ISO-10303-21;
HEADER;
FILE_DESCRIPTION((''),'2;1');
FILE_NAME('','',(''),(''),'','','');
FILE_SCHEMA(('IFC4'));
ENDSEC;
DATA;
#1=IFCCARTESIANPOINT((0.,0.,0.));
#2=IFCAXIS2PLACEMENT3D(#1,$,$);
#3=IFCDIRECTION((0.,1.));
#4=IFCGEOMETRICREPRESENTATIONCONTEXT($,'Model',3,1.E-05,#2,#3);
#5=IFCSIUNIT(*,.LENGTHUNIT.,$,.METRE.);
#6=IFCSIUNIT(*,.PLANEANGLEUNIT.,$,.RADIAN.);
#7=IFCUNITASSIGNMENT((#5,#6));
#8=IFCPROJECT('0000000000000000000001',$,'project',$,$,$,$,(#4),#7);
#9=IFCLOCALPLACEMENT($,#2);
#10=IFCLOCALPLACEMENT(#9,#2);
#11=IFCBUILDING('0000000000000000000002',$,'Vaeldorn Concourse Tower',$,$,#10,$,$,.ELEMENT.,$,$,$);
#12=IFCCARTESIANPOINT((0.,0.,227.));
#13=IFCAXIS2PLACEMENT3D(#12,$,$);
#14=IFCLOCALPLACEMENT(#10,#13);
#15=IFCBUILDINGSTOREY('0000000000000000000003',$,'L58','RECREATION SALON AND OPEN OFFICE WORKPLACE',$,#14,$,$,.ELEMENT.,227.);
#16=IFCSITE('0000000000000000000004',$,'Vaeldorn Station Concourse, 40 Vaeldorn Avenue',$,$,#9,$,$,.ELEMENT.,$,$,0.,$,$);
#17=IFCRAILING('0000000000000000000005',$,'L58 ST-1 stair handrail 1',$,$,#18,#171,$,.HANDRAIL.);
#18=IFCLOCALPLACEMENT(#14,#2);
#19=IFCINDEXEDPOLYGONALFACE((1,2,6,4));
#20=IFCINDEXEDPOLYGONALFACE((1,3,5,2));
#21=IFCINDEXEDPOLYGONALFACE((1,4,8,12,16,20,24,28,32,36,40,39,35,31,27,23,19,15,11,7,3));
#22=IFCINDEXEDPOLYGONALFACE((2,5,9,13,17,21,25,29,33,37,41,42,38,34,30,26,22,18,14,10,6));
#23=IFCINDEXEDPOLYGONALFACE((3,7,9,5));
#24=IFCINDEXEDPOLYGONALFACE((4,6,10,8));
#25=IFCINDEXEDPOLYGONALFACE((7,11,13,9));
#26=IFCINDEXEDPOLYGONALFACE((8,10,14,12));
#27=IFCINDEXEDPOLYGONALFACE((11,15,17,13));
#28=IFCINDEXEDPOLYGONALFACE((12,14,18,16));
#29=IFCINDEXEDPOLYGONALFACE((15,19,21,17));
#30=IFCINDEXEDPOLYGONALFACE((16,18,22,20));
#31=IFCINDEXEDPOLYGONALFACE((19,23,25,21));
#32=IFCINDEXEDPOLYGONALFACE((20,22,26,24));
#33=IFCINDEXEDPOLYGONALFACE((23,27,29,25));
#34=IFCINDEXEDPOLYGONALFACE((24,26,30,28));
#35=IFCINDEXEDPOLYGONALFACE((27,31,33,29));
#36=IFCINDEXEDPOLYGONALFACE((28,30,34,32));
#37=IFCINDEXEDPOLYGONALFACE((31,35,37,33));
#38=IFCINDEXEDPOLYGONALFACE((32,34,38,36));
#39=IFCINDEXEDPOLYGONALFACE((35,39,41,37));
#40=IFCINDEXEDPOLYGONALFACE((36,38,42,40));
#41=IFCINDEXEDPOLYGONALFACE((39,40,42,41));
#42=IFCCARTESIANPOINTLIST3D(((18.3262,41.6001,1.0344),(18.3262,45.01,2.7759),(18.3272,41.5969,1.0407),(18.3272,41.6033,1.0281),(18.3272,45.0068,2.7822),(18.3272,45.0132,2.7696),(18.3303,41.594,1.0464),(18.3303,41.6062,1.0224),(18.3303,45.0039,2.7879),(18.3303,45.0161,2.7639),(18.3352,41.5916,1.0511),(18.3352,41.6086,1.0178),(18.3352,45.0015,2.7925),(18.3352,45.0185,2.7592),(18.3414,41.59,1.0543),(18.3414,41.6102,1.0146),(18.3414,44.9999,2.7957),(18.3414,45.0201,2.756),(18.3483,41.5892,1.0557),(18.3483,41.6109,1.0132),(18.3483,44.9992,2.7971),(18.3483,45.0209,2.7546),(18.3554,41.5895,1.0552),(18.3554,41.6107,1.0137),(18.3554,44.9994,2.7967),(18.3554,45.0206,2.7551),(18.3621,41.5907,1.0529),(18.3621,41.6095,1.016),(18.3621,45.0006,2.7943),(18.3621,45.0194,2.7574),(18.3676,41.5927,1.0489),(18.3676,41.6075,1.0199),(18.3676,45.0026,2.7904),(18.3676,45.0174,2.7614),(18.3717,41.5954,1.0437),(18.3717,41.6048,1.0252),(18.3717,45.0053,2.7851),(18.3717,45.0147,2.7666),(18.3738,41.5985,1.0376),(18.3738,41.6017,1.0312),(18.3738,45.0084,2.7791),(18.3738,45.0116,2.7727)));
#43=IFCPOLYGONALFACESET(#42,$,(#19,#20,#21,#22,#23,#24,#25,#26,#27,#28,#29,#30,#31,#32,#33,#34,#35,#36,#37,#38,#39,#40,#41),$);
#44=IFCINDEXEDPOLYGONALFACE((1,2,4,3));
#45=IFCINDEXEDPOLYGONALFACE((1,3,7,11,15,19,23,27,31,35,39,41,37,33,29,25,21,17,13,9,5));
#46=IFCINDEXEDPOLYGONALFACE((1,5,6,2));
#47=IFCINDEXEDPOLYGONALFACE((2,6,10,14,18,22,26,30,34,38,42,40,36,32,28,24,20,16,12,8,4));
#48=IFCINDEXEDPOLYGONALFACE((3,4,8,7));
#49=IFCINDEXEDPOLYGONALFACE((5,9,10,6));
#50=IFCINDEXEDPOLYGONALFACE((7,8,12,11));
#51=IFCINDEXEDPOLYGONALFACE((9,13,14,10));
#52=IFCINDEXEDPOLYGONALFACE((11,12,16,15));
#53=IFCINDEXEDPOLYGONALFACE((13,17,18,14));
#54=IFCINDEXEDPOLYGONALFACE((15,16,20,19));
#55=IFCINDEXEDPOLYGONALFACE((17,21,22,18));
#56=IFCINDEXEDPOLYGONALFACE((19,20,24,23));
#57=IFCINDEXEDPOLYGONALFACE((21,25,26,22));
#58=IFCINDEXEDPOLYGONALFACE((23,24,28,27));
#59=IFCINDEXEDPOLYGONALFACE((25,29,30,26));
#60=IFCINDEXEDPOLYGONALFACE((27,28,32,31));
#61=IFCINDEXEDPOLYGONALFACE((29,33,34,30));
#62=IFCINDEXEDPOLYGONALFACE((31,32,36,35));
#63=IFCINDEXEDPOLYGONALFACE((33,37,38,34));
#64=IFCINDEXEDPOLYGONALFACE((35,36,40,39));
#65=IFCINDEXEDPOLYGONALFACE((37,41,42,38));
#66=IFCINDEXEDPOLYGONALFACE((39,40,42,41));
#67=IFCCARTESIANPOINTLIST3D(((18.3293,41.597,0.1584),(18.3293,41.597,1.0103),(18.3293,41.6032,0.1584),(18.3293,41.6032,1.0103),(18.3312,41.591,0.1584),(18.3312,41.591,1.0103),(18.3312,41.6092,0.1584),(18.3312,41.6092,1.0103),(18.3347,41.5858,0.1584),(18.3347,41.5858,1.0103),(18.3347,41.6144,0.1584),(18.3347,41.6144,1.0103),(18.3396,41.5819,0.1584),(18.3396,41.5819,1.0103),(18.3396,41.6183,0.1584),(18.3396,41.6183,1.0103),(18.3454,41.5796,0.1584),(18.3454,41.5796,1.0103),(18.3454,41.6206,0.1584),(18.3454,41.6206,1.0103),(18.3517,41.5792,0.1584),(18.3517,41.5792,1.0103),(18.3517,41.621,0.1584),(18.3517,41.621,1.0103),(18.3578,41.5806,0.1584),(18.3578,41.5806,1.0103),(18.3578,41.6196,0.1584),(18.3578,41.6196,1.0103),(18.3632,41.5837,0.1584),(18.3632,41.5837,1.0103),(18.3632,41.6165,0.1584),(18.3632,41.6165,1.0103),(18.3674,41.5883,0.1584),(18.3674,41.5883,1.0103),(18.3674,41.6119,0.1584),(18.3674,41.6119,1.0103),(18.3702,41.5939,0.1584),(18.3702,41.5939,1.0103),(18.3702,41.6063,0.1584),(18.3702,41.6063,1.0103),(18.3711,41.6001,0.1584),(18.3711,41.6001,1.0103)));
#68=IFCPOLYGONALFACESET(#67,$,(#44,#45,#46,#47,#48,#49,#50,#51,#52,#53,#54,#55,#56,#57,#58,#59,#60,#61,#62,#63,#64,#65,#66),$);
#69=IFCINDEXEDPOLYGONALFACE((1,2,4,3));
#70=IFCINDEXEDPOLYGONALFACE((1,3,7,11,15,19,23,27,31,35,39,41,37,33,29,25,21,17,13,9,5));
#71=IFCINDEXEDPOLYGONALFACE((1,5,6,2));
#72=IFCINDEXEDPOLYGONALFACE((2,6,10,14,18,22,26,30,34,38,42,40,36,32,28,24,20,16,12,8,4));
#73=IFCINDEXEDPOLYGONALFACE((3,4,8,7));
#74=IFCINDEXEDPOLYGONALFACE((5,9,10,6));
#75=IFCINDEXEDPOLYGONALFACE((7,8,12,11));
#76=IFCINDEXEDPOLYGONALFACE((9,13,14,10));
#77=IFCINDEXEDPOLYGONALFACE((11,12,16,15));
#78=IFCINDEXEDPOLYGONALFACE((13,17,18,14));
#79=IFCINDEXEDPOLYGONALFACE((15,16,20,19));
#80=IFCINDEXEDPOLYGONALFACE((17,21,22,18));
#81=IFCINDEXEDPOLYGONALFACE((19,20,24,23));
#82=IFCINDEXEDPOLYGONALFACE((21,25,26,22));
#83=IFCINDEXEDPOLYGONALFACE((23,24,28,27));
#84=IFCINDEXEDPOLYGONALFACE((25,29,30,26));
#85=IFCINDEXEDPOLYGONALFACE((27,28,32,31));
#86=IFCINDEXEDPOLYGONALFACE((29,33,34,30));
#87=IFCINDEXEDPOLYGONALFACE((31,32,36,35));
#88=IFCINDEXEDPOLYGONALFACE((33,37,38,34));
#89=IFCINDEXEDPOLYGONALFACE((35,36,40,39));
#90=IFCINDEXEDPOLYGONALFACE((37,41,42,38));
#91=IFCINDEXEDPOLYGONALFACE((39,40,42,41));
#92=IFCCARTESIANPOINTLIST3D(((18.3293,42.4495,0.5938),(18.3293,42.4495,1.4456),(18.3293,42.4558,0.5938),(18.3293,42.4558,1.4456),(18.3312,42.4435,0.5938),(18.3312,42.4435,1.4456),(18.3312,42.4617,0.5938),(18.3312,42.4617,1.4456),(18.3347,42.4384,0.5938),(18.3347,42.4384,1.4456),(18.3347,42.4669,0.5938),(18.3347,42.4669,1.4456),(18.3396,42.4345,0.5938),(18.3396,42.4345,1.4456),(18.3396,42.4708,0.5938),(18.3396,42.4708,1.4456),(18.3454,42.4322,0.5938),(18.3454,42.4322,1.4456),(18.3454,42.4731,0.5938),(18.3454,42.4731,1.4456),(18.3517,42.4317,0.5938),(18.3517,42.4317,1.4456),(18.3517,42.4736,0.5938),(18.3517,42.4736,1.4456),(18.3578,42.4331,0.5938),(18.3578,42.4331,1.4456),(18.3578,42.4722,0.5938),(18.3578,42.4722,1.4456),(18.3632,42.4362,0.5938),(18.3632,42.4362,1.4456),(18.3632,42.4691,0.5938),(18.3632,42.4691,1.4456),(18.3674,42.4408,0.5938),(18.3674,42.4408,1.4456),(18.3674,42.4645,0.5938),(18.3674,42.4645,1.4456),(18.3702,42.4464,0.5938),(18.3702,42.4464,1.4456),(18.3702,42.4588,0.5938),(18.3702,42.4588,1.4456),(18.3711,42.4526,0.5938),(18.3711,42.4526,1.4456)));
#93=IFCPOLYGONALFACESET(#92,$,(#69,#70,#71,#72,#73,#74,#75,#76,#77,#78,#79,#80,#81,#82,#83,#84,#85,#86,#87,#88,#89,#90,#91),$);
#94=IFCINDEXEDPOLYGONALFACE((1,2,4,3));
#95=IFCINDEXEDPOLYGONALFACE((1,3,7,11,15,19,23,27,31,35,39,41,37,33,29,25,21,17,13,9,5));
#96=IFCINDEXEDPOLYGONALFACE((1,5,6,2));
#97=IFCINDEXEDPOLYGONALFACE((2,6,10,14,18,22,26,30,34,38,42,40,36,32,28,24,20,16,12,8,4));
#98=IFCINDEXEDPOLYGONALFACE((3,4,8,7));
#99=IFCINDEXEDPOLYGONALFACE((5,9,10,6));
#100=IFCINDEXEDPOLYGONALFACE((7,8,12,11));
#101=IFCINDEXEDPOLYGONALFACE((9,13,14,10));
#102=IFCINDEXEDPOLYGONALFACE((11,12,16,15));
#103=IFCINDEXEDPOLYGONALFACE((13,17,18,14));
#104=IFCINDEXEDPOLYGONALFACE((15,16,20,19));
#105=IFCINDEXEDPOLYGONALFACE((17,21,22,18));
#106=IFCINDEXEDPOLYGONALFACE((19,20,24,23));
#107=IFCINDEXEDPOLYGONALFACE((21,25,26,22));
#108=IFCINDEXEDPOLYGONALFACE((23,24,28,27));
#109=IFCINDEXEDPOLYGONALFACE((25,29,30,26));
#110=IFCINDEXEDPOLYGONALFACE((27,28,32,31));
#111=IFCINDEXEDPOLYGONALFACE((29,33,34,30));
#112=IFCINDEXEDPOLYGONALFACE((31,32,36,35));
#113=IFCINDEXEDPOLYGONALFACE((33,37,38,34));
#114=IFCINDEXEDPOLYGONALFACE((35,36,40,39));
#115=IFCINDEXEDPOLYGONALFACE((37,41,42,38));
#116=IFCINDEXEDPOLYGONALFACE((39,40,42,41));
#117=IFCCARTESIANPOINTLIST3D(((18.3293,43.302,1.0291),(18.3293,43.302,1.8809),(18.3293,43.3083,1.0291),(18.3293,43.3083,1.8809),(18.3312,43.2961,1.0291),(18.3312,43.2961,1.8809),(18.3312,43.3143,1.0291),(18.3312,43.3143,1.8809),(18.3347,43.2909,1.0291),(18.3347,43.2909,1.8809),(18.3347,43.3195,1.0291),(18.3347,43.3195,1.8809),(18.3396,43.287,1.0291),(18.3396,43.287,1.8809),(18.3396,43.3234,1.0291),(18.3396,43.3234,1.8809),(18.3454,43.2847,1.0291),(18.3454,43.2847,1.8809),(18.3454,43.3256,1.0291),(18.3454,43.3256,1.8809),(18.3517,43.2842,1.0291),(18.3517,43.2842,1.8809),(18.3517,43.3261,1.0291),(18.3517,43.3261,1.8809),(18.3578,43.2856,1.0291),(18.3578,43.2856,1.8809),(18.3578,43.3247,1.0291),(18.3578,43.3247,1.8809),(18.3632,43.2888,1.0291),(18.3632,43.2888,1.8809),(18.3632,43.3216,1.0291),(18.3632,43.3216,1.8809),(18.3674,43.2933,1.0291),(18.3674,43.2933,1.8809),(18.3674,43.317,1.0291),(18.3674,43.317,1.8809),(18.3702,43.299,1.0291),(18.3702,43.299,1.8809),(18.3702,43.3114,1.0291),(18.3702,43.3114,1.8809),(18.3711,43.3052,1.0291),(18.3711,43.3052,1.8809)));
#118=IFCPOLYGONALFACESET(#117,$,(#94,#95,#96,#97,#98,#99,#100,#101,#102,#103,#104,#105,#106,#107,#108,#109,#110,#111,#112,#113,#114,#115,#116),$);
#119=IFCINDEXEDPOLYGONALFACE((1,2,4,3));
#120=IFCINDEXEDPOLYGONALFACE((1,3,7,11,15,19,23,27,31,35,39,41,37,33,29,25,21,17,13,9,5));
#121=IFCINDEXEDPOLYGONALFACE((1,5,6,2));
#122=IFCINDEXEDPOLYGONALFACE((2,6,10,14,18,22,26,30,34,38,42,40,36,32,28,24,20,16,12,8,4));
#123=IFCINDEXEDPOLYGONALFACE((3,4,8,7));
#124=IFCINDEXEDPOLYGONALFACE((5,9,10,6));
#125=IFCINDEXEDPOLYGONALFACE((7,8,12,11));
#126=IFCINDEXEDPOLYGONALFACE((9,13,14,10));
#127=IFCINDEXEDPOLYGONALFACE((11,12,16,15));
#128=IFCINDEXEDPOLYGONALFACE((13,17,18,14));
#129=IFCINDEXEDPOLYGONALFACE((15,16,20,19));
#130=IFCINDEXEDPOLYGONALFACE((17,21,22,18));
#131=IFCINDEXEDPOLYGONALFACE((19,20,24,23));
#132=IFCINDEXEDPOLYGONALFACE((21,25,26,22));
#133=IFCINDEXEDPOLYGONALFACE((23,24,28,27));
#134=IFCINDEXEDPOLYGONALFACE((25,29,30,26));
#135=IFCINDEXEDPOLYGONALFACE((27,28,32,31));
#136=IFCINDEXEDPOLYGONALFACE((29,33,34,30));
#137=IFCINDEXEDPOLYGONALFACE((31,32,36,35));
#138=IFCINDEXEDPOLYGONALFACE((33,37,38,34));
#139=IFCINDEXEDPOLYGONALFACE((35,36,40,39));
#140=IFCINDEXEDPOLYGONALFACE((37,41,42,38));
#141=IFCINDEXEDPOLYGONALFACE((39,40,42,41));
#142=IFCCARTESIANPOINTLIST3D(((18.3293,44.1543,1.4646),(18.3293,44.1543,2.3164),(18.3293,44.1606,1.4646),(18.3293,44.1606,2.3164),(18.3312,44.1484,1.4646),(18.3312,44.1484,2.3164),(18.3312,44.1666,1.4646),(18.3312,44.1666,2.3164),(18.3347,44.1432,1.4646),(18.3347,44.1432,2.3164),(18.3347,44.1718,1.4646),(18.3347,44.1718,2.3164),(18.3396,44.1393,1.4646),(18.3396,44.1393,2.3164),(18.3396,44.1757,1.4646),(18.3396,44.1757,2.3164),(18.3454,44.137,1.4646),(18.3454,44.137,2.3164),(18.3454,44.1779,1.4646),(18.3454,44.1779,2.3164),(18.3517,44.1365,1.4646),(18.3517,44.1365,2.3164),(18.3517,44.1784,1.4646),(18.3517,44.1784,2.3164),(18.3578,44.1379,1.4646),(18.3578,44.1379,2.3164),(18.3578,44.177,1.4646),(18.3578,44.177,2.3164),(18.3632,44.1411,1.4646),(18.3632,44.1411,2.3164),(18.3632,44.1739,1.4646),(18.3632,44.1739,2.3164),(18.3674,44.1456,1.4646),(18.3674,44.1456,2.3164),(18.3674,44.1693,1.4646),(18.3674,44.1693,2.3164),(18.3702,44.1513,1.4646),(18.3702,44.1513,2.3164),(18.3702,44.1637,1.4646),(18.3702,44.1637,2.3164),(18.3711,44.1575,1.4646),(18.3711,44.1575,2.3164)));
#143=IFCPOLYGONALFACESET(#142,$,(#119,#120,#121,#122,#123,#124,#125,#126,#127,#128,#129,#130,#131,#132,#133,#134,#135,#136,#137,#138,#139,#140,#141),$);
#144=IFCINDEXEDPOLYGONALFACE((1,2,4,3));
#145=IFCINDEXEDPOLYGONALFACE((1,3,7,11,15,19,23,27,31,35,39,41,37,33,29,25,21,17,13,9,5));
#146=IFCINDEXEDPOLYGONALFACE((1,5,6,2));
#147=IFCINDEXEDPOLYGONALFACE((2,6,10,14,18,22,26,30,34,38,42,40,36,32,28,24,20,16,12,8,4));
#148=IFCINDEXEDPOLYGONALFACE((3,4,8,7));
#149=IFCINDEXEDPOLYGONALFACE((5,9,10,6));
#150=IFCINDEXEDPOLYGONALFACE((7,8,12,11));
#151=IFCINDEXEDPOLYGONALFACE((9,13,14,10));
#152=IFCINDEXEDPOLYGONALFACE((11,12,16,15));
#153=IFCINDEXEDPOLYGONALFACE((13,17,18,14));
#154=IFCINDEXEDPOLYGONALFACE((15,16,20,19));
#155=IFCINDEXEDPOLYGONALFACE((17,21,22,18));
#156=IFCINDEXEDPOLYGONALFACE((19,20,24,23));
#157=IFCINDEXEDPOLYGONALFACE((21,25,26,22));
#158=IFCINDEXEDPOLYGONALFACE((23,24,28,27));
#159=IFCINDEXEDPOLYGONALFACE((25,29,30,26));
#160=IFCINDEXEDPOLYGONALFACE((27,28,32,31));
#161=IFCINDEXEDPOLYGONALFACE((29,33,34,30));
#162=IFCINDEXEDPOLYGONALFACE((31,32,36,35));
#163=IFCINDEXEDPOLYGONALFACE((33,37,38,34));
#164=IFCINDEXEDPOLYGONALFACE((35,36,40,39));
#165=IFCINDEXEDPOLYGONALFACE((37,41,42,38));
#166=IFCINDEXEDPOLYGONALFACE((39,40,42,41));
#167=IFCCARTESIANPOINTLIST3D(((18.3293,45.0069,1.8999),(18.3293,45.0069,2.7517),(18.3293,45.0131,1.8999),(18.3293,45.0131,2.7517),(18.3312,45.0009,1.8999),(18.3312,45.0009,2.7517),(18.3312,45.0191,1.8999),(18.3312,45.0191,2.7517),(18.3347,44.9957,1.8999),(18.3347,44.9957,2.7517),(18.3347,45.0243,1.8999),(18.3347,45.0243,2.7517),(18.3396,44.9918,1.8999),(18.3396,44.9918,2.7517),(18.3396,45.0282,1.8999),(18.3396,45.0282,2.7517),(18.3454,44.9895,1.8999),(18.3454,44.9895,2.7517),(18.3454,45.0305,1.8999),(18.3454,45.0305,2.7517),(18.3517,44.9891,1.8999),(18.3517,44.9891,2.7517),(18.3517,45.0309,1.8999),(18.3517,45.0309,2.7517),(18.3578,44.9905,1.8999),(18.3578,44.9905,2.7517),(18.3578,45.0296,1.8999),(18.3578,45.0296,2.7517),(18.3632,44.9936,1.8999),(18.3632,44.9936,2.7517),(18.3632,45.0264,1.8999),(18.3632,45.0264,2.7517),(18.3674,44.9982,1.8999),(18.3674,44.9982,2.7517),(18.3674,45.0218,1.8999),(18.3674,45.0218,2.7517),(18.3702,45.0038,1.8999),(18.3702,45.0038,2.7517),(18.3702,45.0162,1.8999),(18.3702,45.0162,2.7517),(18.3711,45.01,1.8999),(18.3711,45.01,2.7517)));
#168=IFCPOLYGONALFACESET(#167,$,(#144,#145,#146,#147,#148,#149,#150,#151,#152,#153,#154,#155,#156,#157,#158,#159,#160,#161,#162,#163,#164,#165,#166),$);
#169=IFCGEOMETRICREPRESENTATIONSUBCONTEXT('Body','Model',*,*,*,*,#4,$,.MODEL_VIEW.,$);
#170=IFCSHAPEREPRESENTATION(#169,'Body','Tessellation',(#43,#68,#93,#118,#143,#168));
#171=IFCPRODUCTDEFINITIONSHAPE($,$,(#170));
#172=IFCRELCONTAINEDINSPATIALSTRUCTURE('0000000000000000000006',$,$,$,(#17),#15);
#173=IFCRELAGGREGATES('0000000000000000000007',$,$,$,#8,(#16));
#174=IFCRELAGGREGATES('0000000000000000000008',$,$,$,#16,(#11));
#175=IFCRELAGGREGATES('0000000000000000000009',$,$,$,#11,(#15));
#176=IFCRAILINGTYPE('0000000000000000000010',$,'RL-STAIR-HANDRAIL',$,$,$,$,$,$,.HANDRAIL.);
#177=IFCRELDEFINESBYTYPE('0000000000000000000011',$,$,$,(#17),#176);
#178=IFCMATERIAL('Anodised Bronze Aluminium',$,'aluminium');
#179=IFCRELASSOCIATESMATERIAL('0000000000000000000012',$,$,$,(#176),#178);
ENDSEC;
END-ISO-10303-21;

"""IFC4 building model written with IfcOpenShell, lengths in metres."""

from ifc_helpers import new_model, si_unit, direction, frame, origin, origin_2d, place, context, subcontext, project, spatial, circle, extrude, material, type_object, element, save


model = new_model("IFC4")

# Units and contexts
model_context = context("Model", 3, precision=1e-05, world=origin(), true_north=direction((0.0, 1.0)))
body_context = subcontext(model_context, "Body", "Model", "MODEL_VIEW")
ifc_project = project(units=[si_unit("LENGTHUNIT", "METRE"), si_unit("PLANEANGLEUNIT", "RADIAN")], contexts=[model_context])

# Site, building, storey
site_placement = place(None, origin())
site = spatial("IfcSite", under=ifc_project, at=site_placement, Name="Vaeldorn Station Concourse, 40 Vaeldorn Avenue", CompositionType="ELEMENT", RefElevation=0.0)
building_placement = place(site_placement, origin())
building = spatial("IfcBuilding", under=site, at=building_placement, Name="Vaeldorn Concourse Tower", CompositionType="ELEMENT")
storey_placement = place(building_placement, frame((0.0, 0.0, 227.0)))
storey = spatial("IfcBuildingStorey", under=building, at=storey_placement, Name="L58", Description="RECREATION SALON AND OPEN OFFICE WORKPLACE", CompositionType="ELEMENT", Elevation=227.0)

# Shared definitions
ifc_material_1 = material(Name="Anodised Bronze Aluminium", Category="aluminium")

# Railing
railing_type_1 = type_object("IfcRailingType", Name="RL-STAIR-HANDRAIL", PredefinedType="HANDRAIL", material=ifc_material_1)
railing_1_placement = place(storey_placement, frame((18.3501, 41.6001, 0.1584)))
element("IfcRailing", 1, at=railing_1_placement, inside=storey, type_object=railing_type_1, Name="L58 ST-1 stair handrail 1", PredefinedType="HANDRAIL", context=body_context, shape_type="SweptSolid", body=[
    extrude(circle(Radius=0.0239, at=origin_2d()), frame((0.0, 0.0, 0.876), z_axis=(0.0, 0.890582, 0.454823), x_axis=(-1.0, 0.0, 0.0)), (0.0, 0.0, 1.0), 3.8289),
    extrude(circle(Radius=0.021, at=origin_2d()), origin(), (0.0, 0.0, 1.0), 0.8518),
    extrude(circle(Radius=0.021, at=origin_2d()), frame((0.0, 0.8525, 0.4353)), (0.0, 0.0, 1.0), 0.8518),
    extrude(circle(Radius=0.021, at=origin_2d()), frame((0.0, 1.7051, 0.8706)), (0.0, 0.0, 1.0), 0.8518),
    extrude(circle(Radius=0.021, at=origin_2d()), frame((0.0, 2.5574, 1.3062)), (0.0, 0.0, 1.0), 0.8518),
    extrude(circle(Radius=0.021, at=origin_2d()), frame((0.0, 3.4099, 1.7415)), (0.0, 0.0, 1.0), 0.8518),
])

save(model, "model.ifc")
